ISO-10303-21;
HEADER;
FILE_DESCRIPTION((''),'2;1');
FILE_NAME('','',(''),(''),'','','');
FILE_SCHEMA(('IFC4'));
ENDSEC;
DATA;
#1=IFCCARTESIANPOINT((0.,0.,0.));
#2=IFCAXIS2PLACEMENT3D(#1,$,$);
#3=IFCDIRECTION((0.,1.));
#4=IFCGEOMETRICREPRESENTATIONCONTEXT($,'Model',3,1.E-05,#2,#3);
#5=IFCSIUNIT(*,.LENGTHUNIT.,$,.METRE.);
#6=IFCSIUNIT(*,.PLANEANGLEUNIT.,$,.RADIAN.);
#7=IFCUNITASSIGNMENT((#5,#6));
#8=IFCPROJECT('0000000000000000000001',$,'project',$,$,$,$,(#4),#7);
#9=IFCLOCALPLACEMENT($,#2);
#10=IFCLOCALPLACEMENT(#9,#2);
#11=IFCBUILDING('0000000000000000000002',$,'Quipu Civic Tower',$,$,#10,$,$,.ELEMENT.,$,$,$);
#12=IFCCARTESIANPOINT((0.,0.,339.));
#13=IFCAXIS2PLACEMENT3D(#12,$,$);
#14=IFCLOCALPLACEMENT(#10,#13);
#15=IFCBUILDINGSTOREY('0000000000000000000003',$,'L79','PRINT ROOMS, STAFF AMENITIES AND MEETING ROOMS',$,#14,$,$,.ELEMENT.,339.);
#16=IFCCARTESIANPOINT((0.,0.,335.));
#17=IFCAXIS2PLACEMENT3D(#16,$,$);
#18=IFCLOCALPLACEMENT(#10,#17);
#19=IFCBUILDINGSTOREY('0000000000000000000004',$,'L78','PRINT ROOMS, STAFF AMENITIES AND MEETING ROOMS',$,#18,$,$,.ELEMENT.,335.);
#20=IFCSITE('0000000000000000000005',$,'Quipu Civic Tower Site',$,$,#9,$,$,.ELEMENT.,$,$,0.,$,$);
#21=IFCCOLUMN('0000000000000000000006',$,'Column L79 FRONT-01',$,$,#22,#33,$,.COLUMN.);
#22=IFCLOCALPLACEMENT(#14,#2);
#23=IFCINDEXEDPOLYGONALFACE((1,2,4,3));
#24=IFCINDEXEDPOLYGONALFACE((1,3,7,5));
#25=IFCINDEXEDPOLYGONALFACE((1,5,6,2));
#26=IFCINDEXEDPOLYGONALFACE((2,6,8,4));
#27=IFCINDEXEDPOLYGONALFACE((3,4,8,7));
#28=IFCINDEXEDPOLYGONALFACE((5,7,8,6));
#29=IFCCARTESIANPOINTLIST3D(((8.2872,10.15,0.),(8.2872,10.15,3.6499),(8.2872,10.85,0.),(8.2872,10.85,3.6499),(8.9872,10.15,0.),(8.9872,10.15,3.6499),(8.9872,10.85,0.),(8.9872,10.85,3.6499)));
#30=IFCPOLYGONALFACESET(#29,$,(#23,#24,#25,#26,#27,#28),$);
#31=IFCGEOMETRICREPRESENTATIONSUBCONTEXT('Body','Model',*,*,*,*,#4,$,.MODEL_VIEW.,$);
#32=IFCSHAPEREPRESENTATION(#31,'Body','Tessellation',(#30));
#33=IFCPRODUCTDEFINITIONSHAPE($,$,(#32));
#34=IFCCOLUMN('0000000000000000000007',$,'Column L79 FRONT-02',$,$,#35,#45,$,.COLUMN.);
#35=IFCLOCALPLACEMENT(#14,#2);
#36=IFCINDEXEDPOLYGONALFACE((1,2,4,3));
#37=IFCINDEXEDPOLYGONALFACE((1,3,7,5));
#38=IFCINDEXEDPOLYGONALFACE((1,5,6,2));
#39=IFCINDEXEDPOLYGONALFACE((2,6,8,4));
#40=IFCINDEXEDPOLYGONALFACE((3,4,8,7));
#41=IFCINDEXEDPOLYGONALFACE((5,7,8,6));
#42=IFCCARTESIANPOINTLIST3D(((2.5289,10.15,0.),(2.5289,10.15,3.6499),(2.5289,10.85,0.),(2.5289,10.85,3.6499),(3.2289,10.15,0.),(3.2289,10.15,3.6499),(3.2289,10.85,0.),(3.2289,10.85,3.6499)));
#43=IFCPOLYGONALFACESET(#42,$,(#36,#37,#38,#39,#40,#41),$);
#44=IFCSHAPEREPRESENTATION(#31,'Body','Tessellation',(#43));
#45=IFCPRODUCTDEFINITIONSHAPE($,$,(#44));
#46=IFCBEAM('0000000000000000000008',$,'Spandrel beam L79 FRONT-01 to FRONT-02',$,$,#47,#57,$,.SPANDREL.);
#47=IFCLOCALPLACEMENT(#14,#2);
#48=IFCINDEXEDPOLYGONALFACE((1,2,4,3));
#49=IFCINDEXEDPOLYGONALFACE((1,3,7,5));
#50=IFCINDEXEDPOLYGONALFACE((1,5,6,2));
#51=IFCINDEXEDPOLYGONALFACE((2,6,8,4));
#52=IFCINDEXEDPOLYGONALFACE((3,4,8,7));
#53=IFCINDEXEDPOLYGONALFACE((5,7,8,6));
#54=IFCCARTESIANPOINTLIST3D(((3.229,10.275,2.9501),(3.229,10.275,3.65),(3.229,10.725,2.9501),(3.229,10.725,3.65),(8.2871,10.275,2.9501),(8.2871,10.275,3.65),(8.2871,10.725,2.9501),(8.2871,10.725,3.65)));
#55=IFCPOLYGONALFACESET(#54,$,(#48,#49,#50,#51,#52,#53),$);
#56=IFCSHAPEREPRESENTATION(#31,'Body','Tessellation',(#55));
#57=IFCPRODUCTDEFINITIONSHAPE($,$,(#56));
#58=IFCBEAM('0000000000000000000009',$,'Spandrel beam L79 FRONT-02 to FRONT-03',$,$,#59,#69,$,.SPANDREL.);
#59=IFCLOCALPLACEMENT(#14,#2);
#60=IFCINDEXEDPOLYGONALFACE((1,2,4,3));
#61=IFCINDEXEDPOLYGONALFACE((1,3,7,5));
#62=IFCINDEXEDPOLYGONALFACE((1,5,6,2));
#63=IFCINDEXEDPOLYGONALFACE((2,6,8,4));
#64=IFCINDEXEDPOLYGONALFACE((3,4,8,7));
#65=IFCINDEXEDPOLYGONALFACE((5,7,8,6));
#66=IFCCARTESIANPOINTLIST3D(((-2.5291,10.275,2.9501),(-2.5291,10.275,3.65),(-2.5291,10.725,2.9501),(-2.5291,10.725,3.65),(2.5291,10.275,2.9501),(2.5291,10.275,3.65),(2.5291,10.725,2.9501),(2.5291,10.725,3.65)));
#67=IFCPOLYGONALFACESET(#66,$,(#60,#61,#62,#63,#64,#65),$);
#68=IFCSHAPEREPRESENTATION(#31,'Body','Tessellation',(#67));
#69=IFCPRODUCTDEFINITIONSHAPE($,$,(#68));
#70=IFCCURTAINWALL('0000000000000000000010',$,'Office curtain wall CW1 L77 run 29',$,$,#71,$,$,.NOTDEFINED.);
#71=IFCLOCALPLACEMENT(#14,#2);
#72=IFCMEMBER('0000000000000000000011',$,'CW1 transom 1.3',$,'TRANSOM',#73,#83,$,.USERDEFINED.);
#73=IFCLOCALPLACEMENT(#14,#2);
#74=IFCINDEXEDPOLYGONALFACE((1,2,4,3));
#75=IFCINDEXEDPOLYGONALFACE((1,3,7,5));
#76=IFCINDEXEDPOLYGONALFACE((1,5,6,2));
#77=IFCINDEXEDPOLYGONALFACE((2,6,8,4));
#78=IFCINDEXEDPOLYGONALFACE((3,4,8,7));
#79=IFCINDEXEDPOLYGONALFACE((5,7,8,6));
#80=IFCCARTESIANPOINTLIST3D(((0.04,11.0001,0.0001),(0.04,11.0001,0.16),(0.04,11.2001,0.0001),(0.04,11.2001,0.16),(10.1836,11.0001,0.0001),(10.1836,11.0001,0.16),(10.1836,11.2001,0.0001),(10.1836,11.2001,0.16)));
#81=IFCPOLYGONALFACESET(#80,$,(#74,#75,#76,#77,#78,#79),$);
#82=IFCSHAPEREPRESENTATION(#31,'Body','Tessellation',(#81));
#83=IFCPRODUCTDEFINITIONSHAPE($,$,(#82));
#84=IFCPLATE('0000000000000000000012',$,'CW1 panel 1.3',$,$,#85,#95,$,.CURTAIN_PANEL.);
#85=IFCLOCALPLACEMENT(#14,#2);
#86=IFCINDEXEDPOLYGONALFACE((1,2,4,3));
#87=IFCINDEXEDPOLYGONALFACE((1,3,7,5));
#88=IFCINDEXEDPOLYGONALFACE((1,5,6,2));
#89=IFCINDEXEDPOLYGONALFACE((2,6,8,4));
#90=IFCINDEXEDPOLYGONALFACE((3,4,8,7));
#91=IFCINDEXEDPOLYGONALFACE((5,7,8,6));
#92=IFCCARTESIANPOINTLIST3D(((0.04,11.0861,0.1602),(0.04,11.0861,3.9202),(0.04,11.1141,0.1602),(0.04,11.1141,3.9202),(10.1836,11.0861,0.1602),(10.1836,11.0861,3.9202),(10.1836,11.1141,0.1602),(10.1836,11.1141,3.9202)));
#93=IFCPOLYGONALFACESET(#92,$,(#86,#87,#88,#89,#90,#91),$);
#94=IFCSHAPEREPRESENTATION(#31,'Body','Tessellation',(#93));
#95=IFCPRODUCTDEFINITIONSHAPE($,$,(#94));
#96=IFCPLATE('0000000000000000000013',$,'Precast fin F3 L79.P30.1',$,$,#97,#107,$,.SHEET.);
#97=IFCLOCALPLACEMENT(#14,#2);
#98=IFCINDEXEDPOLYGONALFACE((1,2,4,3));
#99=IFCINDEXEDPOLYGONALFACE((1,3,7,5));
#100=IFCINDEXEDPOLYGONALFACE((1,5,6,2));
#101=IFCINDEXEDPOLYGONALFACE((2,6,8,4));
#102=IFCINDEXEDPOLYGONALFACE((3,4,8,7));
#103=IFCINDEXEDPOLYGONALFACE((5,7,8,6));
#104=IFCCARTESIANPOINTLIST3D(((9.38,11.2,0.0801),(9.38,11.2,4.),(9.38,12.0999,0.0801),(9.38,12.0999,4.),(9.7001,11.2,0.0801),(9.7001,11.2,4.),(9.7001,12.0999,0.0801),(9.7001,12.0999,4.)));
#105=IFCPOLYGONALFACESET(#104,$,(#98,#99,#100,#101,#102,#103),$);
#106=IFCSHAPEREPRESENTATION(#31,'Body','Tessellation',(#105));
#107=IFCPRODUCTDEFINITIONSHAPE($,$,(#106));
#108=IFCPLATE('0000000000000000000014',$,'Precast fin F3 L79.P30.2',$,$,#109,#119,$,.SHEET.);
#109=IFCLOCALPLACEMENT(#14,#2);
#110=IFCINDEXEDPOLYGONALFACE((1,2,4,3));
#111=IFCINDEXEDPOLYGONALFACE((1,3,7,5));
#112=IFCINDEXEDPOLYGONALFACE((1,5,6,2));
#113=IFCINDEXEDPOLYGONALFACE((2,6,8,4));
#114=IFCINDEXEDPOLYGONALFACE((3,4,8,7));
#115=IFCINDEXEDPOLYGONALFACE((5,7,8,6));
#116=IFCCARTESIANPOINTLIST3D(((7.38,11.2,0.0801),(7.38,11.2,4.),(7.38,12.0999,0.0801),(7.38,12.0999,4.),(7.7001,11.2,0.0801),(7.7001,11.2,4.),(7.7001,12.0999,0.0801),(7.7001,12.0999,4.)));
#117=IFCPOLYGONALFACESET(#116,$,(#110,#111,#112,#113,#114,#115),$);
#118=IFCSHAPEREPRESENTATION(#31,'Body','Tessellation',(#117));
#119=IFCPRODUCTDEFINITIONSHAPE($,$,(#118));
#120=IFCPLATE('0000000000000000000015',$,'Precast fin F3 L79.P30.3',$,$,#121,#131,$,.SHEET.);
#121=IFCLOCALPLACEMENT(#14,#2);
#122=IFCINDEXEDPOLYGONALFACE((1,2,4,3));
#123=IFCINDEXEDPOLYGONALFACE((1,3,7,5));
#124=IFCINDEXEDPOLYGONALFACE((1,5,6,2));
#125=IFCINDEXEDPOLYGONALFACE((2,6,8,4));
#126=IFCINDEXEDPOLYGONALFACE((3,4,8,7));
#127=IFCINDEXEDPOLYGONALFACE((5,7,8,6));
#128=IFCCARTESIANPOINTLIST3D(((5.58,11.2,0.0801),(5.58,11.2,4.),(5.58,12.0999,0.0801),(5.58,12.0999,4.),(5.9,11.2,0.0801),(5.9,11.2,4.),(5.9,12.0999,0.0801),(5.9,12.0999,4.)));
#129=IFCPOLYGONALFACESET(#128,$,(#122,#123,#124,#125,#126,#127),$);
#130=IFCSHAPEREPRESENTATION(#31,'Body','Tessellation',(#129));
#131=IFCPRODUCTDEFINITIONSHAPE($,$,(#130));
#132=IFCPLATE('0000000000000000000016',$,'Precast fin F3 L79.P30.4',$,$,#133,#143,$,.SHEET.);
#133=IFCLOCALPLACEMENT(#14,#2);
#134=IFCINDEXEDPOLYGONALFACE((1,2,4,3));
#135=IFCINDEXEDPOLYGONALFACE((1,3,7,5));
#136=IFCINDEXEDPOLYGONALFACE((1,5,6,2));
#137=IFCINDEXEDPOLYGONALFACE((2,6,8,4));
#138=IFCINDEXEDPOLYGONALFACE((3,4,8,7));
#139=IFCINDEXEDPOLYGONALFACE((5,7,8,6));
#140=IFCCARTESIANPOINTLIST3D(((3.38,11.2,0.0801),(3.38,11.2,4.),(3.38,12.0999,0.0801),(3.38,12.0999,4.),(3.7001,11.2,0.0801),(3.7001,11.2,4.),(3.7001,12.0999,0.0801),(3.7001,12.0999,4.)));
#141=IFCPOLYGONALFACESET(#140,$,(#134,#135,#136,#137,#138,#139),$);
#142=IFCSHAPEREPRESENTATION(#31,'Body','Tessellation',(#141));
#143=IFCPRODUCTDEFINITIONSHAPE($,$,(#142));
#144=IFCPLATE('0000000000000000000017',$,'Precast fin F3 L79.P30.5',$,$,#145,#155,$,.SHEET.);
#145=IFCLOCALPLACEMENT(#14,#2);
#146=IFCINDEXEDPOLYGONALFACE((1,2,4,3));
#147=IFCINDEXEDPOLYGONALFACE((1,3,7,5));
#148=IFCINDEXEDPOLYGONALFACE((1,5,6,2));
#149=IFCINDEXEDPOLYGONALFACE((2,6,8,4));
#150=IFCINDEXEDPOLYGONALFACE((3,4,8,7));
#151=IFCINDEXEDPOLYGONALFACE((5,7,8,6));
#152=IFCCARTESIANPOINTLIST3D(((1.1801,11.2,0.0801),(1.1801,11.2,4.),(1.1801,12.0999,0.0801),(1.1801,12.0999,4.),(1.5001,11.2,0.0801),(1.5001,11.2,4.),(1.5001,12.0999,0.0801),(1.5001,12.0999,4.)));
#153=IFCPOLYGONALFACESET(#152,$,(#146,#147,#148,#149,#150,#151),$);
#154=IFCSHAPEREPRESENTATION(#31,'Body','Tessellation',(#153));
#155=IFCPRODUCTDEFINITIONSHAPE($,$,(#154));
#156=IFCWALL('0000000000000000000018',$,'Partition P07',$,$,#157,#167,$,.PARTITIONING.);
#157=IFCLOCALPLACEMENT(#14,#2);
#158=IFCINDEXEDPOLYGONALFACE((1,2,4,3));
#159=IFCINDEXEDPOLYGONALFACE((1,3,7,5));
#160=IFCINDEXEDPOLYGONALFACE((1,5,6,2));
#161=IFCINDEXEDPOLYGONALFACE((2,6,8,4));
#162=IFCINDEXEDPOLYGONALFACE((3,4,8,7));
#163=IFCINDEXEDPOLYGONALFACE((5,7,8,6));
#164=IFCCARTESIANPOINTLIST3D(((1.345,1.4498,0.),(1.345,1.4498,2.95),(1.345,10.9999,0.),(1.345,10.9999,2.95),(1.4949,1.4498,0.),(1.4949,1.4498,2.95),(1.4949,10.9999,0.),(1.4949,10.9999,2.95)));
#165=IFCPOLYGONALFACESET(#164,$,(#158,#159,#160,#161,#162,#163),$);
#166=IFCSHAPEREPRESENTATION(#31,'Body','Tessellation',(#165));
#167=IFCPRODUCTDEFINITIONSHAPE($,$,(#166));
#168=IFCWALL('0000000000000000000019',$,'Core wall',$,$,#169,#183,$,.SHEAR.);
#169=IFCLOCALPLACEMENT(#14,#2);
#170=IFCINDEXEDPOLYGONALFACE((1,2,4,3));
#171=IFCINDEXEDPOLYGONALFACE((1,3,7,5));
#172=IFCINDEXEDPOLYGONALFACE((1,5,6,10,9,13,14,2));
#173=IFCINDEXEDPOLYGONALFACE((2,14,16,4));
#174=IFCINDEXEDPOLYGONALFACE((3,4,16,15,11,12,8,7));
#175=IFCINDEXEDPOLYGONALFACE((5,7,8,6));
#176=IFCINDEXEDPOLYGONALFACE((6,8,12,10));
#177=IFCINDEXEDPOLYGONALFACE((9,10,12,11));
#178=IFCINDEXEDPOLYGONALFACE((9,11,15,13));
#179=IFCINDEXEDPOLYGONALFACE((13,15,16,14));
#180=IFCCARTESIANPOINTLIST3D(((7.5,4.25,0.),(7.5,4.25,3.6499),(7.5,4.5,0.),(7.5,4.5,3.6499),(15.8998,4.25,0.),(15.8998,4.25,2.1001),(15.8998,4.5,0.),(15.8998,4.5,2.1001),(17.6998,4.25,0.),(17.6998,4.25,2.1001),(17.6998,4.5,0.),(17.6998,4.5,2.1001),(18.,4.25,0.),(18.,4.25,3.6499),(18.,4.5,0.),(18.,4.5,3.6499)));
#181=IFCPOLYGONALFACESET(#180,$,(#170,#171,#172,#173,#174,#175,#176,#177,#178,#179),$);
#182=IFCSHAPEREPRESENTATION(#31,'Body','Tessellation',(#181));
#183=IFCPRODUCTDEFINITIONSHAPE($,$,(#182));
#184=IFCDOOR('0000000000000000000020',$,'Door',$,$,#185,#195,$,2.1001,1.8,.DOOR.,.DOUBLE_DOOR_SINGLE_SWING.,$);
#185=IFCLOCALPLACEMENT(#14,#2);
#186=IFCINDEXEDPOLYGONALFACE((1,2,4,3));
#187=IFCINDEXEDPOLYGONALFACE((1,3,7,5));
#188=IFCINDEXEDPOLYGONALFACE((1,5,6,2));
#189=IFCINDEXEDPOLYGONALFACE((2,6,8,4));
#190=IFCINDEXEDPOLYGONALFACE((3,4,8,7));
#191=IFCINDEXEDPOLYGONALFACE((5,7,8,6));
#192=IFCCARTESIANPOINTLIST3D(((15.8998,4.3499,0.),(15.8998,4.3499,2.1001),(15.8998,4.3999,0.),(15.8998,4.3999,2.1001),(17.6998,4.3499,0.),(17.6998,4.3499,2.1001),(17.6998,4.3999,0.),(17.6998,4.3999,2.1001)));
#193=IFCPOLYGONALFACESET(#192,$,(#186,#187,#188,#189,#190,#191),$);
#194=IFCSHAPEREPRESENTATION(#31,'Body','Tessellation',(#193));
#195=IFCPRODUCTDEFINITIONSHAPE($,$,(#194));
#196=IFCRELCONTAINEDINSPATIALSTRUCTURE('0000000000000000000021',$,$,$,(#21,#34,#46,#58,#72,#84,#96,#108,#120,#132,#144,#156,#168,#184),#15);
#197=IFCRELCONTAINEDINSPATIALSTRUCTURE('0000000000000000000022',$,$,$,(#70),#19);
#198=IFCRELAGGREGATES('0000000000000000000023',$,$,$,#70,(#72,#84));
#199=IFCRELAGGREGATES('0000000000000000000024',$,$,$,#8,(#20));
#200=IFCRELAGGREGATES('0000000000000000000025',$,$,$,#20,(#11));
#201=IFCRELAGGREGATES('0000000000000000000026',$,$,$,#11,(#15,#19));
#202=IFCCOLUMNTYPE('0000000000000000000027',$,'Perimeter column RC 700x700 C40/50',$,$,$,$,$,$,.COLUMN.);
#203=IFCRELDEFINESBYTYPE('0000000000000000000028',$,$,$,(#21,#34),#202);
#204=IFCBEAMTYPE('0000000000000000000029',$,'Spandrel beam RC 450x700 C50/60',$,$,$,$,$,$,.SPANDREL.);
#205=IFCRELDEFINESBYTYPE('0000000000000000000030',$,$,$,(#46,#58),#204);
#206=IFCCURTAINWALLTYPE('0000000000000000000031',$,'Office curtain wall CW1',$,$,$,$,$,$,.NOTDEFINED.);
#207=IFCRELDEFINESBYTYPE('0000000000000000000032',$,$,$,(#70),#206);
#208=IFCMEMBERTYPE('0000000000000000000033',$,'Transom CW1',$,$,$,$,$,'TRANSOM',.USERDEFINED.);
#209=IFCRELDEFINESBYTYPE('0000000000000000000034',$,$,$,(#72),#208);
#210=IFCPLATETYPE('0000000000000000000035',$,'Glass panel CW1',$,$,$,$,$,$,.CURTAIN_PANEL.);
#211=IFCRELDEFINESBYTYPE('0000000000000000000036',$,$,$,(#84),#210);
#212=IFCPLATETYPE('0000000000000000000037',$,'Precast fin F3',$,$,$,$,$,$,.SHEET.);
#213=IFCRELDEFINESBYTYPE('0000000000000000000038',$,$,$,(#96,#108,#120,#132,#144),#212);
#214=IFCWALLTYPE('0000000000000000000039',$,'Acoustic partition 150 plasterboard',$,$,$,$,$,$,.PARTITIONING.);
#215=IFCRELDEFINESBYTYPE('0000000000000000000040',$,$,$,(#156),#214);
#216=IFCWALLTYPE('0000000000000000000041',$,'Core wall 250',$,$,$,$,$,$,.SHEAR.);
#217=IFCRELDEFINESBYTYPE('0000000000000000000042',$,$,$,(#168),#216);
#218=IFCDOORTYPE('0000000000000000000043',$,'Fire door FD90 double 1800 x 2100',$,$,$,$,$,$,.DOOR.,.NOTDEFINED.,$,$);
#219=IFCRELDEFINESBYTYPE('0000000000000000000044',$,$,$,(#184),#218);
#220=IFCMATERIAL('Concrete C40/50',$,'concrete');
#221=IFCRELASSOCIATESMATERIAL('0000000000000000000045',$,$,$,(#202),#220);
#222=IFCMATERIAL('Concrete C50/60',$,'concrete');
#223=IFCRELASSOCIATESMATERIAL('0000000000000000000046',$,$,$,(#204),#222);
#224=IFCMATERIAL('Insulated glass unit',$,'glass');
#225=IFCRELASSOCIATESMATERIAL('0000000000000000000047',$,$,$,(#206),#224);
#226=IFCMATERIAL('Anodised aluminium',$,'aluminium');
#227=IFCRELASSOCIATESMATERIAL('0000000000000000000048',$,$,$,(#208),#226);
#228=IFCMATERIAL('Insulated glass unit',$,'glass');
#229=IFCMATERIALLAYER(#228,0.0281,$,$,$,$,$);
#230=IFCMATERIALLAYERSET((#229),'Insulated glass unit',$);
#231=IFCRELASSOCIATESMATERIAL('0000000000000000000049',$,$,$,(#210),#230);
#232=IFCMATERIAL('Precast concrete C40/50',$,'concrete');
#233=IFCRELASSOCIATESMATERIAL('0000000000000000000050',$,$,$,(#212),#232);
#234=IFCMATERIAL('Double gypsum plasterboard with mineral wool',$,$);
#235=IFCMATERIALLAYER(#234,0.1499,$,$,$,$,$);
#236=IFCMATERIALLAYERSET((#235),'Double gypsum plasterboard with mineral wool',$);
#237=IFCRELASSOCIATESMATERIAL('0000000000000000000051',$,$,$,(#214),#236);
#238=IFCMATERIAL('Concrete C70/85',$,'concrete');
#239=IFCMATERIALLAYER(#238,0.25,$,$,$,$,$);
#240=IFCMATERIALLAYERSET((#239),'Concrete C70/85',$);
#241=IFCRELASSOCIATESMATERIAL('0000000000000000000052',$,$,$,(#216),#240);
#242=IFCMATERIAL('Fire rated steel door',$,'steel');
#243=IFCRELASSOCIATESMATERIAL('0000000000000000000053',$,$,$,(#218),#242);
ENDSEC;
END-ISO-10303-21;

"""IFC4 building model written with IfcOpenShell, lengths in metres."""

from ifc_helpers import new_model, si_unit, direction, frame, frame_2d, origin, origin_2d, place, context, subcontext, project, spatial, rectangle, extrude, material, layer, layer_set, material_profile, profile_set, type_object, element, fill, aggregate, save


model = new_model("IFC4")

# Units and contexts
model_context = context("Model", 3, precision=1e-05, world=origin(), true_north=direction((0.0, 1.0)))
body_context = subcontext(model_context, "Body", "Model", "MODEL_VIEW")
ifc_project = project(units=[si_unit("LENGTHUNIT", "METRE"), si_unit("PLANEANGLEUNIT", "RADIAN")], contexts=[model_context])

# Site, building, storey
site_placement = place(None, origin())
site = spatial("IfcSite", under=ifc_project, at=site_placement, Name="Quipu Civic Tower Site", CompositionType="ELEMENT", RefElevation=0.0)
building_placement = place(site_placement, origin())
building = spatial("IfcBuilding", under=site, at=building_placement, Name="Quipu Civic Tower", CompositionType="ELEMENT")
storey_1_placement = place(building_placement, frame((0.0, 0.0, 339.0)))
storey_1 = spatial("IfcBuildingStorey", under=building, at=storey_1_placement, Name="L79", Description="PRINT ROOMS, STAFF AMENITIES AND MEETING ROOMS", CompositionType="ELEMENT", Elevation=339.0)

# Columns
ifc_material_1 = material(Name="Concrete C40/50", Category="concrete")
ifc_material_profile_1 = material_profile(ifc_material_1, rectangle(XDim=0.7, YDim=0.7, at=origin_2d()), Name="RC700x700")
ifc_profile_set_1 = profile_set([ifc_material_profile_1], Name="Concrete C40/50")
column_type = type_object("IfcColumnType", Name="Perimeter column RC 700x700 C40/50", PredefinedType="COLUMN", material=ifc_profile_set_1)
for number, where, z_axis, x_axis, name in (
    (1, (8.6372, 10.5, 0.0), (0.0, 0.0, 1.0), (-1.0, 0.0, 0.0), "Column L79 FRONT-01"),
    (2, (2.8789, 10.5, 0.0), (0.0, 0.0, 1.0), (-1.0, 0.0, 0.0), "Column L79 FRONT-02"),
):
    element("IfcColumn", number, at=place(storey_1_placement, frame(where, z_axis=z_axis, x_axis=x_axis)), inside=storey_1, type_object=column_type, Name=name, PredefinedType="COLUMN", context=body_context, shape_type="SweptSolid", body=[
        extrude(rectangle(XDim=0.7, YDim=0.7, at=origin_2d()), origin(), (0.0, 0.0, 1.0), 3.6499),
    ])

# Beams
ifc_material_2 = material(Name="Concrete C50/60", Category="concrete")
ifc_material_profile_2 = material_profile(ifc_material_2, rectangle(XDim=0.45, YDim=0.7, at=origin_2d()), Name="RC450x700")
ifc_profile_set_2 = profile_set([ifc_material_profile_2], Name="Concrete C50/60")
beam_type = type_object("IfcBeamType", Name="Spandrel beam RC 450x700 C50/60", PredefinedType="SPANDREL", material=ifc_profile_set_2)
for number, where, z_axis, x_axis, name in (
    (3, (8.2871, 10.5, 3.3), (-1.0, 0.0, 0.0), (0.0, -1.0, 0.0), "Spandrel beam L79 FRONT-01 to FRONT-02"),
    (4, (2.5291, 10.5, 3.3), (-1.0, 0.0, 0.0), (0.0, -1.0, 0.0), "Spandrel beam L79 FRONT-02 to FRONT-03"),
):
    element("IfcBeam", number, at=place(storey_1_placement, frame(where, z_axis=z_axis, x_axis=x_axis)), inside=storey_1, type_object=beam_type, Name=name, PredefinedType="SPANDREL", context=body_context, shape_type="SweptSolid", body=[
        extrude(rectangle(XDim=0.45, YDim=0.7, at=origin_2d()), origin(), (0.0, 0.0, 1.0), 5.0581),
    ])

# Shared definitions
storey_2_placement = place(building_placement, frame((0.0, 0.0, 335.0)))
storey_2 = spatial("IfcBuildingStorey", under=building, at=storey_2_placement, Name="L78", Description="PRINT ROOMS, STAFF AMENITIES AND MEETING ROOMS", CompositionType="ELEMENT", Elevation=335.0)

# Curtain wall, member, plate
ifc_material_3 = material(Name="Insulated glass unit", Category="glass")
curtain_wall_type = type_object("IfcCurtainWallType", Name="Office curtain wall CW1", PredefinedType="NOTDEFINED", material=ifc_material_3)
curtain_wall_placement = place(storey_2_placement, origin())
curtain_wall = element("IfcCurtainWall", 5, at=curtain_wall_placement, inside=storey_2, type_object=curtain_wall_type, Name="Office curtain wall CW1 L77 run 29", PredefinedType="NOTDEFINED")
ifc_material_4 = material(Name="Anodised aluminium", Category="aluminium")
ifc_material_profile_3 = material_profile(ifc_material_4, rectangle(XDim=0.2, YDim=0.1599, at=origin_2d()), Name="RECT 200x160")
ifc_profile_set_3 = profile_set([ifc_material_profile_3], Name="Anodised aluminium")
member_type = type_object("IfcMemberType", Name="Transom CW1", ElementType="TRANSOM", PredefinedType="USERDEFINED", material=ifc_profile_set_3)
member_placement = place(storey_1_placement, frame((10.1836, 11.1001, 0.0801), z_axis=(-1.0, 0.0, 0.0), x_axis=(0.0, -1.0, 0.0)))
member = element("IfcMember", 6, at=member_placement, inside=storey_1, type_object=member_type, Name="CW1 transom 1.3", ObjectType="TRANSOM", PredefinedType="USERDEFINED", context=body_context, shape_type="SweptSolid", body=[
    extrude(rectangle(XDim=0.2, YDim=0.1599, at=origin_2d()), origin(), (0.0, 0.0, 1.0), 10.1436),
])
ifc_material_5 = material(Name="Insulated glass unit", Category="glass")
ifc_layer_1 = layer(ifc_material_5, 0.0281)
ifc_layer_set_1 = layer_set([ifc_layer_1], Name="Insulated glass unit")
plate_type_1 = type_object("IfcPlateType", Name="Glass panel CW1", PredefinedType="CURTAIN_PANEL", material=ifc_layer_set_1)
plate_placement = place(storey_1_placement, frame((5.1118, 11.1001, 0.1602), z_axis=(0.0, 0.0, 1.0), x_axis=(-1.0, 0.0, 0.0)))
plate = element("IfcPlate", 7, at=plate_placement, inside=storey_1, type_object=plate_type_1, Name="CW1 panel 1.3", PredefinedType="CURTAIN_PANEL", context=body_context, shape_type="SweptSolid", body=[
    extrude(rectangle(XDim=10.1436, YDim=0.0281, at=origin_2d()), origin(), (0.0, 0.0, 1.0), 3.76),
])
aggregate(curtain_wall, [member, plate])

# Plates
ifc_material_6 = material(Name="Precast concrete C40/50", Category="concrete")
plate_type_2 = type_object("IfcPlateType", Name="Precast fin F3", PredefinedType="SHEET", material=ifc_material_6)
for number, where, z_axis, x_axis, name in (
    (8, (9.54, 11.6499, 0.0801), (0.0, 0.0, 1.0), (-1.0, 0.0, 0.0), "Precast fin F3 L79.P30.1"),
    (9, (7.54, 11.6499, 0.0801), (0.0, 0.0, 1.0), (-1.0, 0.0, 0.0), "Precast fin F3 L79.P30.2"),
    (10, (5.74, 11.6499, 0.0801), (0.0, 0.0, 1.0), (-1.0, 0.0, 0.0), "Precast fin F3 L79.P30.3"),
    (11, (3.54, 11.6499, 0.0801), (0.0, 0.0, 1.0), (-1.0, 0.0, 0.0), "Precast fin F3 L79.P30.4"),
    (12, (1.3401, 11.6499, 0.0801), (0.0, 0.0, 1.0), (-1.0, 0.0, 0.0), "Precast fin F3 L79.P30.5"),
):
    element("IfcPlate", number, at=place(storey_1_placement, frame(where, z_axis=z_axis, x_axis=x_axis)), inside=storey_1, type_object=plate_type_2, Name=name, PredefinedType="SHEET", context=body_context, shape_type="SweptSolid", body=[
        extrude(rectangle(XDim=0.3201, YDim=0.8999, at=origin_2d()), origin(), (0.0, 0.0, 1.0), 3.9199),
    ])

# Wall
ifc_material_7 = material(Name="Double gypsum plasterboard with mineral wool")
ifc_layer_2 = layer(ifc_material_7, 0.1499)
ifc_layer_set_2 = layer_set([ifc_layer_2], Name="Double gypsum plasterboard with mineral wool")
wall_type_1 = type_object("IfcWallType", Name="Acoustic partition 150 plasterboard", PredefinedType="PARTITIONING", material=ifc_layer_set_2)
wall_1_placement = place(storey_1_placement, frame((1.4199, 1.45, 0.0), z_axis=(0.0, 0.0, 1.0), x_axis=(0.0, 1.0, 0.0)))
element("IfcWall", 13, at=wall_1_placement, inside=storey_1, type_object=wall_type_1, Name="Partition P07", PredefinedType="PARTITIONING", context=body_context, shape_type="SweptSolid", body=[
    extrude(rectangle(XDim=9.55, YDim=0.1499, at=frame_2d((4.7749, 0.0))), origin(), (0.0, 0.0, 1.0), 2.95),
])

# Wall, opening, door
ifc_material_8 = material(Name="Concrete C70/85", Category="concrete")
ifc_layer_3 = layer(ifc_material_8, 0.25)
ifc_layer_set_3 = layer_set([ifc_layer_3], Name="Concrete C70/85")
wall_type_2 = type_object("IfcWallType", Name="Core wall 250", PredefinedType="SHEAR", material=ifc_layer_set_3)
wall_2_placement = place(storey_1_placement, frame((7.5, 4.375, 0.0), z_axis=(0.0, 0.0, 1.0), x_axis=(1.0, 0.0, 0.0)))
wall_2 = element("IfcWall", 14, at=wall_2_placement, inside=storey_1, type_object=wall_type_2, Name="Core wall", PredefinedType="SHEAR", context=body_context, shape_type="SweptSolid", body=[
    extrude(rectangle(XDim=10.5, YDim=0.25, at=frame_2d((5.25, 0.0))), origin(), (0.0, 0.0, 1.0), 3.6499),
])
opening_1_placement = place(wall_2_placement, frame((8.3999, 0.0, 0.0)))
opening_1 = element("IfcOpeningElement", 15, at=opening_1_placement, cuts=wall_2, PredefinedType="OPENING", context=body_context, shape_type="SweptSolid", body=[
    extrude(rectangle(XDim=1.8, YDim=2.1001, at=frame_2d((0.8999, 1.05))), frame((0.0, 0.135, 0.0), z_axis=(0.0, -1.0, 0.0), x_axis=(1.0, 0.0, 0.0)), (0.0, 0.0, 1.0), 0.27),
])
ifc_material_9 = material(Name="Fire rated steel door", Category="steel")
door_type = type_object("IfcDoorType", Name="Fire door FD90 double 1800 x 2100", OperationType="NOTDEFINED", PredefinedType="DOOR", material=ifc_material_9)
door_placement = place(opening_1_placement, origin())
door = element("IfcDoor", 16, at=door_placement, inside=storey_1, type_object=door_type, Name="Door", OperationType="DOUBLE_DOOR_SINGLE_SWING", OverallHeight=2.1001, OverallWidth=1.8, PredefinedType="DOOR", context=body_context, shape_type="SweptSolid", body=[
    extrude(rectangle(XDim=1.8, YDim=2.1001, at=frame_2d((0.8999, 1.05))), frame((0.0, 0.0249, 0.0), z_axis=(0.0, -1.0, 0.0), x_axis=(1.0, 0.0, 0.0)), (0.0, 0.0, 1.0), 0.05),
])
fill(opening_1, door)

save(model, "model.ifc")
